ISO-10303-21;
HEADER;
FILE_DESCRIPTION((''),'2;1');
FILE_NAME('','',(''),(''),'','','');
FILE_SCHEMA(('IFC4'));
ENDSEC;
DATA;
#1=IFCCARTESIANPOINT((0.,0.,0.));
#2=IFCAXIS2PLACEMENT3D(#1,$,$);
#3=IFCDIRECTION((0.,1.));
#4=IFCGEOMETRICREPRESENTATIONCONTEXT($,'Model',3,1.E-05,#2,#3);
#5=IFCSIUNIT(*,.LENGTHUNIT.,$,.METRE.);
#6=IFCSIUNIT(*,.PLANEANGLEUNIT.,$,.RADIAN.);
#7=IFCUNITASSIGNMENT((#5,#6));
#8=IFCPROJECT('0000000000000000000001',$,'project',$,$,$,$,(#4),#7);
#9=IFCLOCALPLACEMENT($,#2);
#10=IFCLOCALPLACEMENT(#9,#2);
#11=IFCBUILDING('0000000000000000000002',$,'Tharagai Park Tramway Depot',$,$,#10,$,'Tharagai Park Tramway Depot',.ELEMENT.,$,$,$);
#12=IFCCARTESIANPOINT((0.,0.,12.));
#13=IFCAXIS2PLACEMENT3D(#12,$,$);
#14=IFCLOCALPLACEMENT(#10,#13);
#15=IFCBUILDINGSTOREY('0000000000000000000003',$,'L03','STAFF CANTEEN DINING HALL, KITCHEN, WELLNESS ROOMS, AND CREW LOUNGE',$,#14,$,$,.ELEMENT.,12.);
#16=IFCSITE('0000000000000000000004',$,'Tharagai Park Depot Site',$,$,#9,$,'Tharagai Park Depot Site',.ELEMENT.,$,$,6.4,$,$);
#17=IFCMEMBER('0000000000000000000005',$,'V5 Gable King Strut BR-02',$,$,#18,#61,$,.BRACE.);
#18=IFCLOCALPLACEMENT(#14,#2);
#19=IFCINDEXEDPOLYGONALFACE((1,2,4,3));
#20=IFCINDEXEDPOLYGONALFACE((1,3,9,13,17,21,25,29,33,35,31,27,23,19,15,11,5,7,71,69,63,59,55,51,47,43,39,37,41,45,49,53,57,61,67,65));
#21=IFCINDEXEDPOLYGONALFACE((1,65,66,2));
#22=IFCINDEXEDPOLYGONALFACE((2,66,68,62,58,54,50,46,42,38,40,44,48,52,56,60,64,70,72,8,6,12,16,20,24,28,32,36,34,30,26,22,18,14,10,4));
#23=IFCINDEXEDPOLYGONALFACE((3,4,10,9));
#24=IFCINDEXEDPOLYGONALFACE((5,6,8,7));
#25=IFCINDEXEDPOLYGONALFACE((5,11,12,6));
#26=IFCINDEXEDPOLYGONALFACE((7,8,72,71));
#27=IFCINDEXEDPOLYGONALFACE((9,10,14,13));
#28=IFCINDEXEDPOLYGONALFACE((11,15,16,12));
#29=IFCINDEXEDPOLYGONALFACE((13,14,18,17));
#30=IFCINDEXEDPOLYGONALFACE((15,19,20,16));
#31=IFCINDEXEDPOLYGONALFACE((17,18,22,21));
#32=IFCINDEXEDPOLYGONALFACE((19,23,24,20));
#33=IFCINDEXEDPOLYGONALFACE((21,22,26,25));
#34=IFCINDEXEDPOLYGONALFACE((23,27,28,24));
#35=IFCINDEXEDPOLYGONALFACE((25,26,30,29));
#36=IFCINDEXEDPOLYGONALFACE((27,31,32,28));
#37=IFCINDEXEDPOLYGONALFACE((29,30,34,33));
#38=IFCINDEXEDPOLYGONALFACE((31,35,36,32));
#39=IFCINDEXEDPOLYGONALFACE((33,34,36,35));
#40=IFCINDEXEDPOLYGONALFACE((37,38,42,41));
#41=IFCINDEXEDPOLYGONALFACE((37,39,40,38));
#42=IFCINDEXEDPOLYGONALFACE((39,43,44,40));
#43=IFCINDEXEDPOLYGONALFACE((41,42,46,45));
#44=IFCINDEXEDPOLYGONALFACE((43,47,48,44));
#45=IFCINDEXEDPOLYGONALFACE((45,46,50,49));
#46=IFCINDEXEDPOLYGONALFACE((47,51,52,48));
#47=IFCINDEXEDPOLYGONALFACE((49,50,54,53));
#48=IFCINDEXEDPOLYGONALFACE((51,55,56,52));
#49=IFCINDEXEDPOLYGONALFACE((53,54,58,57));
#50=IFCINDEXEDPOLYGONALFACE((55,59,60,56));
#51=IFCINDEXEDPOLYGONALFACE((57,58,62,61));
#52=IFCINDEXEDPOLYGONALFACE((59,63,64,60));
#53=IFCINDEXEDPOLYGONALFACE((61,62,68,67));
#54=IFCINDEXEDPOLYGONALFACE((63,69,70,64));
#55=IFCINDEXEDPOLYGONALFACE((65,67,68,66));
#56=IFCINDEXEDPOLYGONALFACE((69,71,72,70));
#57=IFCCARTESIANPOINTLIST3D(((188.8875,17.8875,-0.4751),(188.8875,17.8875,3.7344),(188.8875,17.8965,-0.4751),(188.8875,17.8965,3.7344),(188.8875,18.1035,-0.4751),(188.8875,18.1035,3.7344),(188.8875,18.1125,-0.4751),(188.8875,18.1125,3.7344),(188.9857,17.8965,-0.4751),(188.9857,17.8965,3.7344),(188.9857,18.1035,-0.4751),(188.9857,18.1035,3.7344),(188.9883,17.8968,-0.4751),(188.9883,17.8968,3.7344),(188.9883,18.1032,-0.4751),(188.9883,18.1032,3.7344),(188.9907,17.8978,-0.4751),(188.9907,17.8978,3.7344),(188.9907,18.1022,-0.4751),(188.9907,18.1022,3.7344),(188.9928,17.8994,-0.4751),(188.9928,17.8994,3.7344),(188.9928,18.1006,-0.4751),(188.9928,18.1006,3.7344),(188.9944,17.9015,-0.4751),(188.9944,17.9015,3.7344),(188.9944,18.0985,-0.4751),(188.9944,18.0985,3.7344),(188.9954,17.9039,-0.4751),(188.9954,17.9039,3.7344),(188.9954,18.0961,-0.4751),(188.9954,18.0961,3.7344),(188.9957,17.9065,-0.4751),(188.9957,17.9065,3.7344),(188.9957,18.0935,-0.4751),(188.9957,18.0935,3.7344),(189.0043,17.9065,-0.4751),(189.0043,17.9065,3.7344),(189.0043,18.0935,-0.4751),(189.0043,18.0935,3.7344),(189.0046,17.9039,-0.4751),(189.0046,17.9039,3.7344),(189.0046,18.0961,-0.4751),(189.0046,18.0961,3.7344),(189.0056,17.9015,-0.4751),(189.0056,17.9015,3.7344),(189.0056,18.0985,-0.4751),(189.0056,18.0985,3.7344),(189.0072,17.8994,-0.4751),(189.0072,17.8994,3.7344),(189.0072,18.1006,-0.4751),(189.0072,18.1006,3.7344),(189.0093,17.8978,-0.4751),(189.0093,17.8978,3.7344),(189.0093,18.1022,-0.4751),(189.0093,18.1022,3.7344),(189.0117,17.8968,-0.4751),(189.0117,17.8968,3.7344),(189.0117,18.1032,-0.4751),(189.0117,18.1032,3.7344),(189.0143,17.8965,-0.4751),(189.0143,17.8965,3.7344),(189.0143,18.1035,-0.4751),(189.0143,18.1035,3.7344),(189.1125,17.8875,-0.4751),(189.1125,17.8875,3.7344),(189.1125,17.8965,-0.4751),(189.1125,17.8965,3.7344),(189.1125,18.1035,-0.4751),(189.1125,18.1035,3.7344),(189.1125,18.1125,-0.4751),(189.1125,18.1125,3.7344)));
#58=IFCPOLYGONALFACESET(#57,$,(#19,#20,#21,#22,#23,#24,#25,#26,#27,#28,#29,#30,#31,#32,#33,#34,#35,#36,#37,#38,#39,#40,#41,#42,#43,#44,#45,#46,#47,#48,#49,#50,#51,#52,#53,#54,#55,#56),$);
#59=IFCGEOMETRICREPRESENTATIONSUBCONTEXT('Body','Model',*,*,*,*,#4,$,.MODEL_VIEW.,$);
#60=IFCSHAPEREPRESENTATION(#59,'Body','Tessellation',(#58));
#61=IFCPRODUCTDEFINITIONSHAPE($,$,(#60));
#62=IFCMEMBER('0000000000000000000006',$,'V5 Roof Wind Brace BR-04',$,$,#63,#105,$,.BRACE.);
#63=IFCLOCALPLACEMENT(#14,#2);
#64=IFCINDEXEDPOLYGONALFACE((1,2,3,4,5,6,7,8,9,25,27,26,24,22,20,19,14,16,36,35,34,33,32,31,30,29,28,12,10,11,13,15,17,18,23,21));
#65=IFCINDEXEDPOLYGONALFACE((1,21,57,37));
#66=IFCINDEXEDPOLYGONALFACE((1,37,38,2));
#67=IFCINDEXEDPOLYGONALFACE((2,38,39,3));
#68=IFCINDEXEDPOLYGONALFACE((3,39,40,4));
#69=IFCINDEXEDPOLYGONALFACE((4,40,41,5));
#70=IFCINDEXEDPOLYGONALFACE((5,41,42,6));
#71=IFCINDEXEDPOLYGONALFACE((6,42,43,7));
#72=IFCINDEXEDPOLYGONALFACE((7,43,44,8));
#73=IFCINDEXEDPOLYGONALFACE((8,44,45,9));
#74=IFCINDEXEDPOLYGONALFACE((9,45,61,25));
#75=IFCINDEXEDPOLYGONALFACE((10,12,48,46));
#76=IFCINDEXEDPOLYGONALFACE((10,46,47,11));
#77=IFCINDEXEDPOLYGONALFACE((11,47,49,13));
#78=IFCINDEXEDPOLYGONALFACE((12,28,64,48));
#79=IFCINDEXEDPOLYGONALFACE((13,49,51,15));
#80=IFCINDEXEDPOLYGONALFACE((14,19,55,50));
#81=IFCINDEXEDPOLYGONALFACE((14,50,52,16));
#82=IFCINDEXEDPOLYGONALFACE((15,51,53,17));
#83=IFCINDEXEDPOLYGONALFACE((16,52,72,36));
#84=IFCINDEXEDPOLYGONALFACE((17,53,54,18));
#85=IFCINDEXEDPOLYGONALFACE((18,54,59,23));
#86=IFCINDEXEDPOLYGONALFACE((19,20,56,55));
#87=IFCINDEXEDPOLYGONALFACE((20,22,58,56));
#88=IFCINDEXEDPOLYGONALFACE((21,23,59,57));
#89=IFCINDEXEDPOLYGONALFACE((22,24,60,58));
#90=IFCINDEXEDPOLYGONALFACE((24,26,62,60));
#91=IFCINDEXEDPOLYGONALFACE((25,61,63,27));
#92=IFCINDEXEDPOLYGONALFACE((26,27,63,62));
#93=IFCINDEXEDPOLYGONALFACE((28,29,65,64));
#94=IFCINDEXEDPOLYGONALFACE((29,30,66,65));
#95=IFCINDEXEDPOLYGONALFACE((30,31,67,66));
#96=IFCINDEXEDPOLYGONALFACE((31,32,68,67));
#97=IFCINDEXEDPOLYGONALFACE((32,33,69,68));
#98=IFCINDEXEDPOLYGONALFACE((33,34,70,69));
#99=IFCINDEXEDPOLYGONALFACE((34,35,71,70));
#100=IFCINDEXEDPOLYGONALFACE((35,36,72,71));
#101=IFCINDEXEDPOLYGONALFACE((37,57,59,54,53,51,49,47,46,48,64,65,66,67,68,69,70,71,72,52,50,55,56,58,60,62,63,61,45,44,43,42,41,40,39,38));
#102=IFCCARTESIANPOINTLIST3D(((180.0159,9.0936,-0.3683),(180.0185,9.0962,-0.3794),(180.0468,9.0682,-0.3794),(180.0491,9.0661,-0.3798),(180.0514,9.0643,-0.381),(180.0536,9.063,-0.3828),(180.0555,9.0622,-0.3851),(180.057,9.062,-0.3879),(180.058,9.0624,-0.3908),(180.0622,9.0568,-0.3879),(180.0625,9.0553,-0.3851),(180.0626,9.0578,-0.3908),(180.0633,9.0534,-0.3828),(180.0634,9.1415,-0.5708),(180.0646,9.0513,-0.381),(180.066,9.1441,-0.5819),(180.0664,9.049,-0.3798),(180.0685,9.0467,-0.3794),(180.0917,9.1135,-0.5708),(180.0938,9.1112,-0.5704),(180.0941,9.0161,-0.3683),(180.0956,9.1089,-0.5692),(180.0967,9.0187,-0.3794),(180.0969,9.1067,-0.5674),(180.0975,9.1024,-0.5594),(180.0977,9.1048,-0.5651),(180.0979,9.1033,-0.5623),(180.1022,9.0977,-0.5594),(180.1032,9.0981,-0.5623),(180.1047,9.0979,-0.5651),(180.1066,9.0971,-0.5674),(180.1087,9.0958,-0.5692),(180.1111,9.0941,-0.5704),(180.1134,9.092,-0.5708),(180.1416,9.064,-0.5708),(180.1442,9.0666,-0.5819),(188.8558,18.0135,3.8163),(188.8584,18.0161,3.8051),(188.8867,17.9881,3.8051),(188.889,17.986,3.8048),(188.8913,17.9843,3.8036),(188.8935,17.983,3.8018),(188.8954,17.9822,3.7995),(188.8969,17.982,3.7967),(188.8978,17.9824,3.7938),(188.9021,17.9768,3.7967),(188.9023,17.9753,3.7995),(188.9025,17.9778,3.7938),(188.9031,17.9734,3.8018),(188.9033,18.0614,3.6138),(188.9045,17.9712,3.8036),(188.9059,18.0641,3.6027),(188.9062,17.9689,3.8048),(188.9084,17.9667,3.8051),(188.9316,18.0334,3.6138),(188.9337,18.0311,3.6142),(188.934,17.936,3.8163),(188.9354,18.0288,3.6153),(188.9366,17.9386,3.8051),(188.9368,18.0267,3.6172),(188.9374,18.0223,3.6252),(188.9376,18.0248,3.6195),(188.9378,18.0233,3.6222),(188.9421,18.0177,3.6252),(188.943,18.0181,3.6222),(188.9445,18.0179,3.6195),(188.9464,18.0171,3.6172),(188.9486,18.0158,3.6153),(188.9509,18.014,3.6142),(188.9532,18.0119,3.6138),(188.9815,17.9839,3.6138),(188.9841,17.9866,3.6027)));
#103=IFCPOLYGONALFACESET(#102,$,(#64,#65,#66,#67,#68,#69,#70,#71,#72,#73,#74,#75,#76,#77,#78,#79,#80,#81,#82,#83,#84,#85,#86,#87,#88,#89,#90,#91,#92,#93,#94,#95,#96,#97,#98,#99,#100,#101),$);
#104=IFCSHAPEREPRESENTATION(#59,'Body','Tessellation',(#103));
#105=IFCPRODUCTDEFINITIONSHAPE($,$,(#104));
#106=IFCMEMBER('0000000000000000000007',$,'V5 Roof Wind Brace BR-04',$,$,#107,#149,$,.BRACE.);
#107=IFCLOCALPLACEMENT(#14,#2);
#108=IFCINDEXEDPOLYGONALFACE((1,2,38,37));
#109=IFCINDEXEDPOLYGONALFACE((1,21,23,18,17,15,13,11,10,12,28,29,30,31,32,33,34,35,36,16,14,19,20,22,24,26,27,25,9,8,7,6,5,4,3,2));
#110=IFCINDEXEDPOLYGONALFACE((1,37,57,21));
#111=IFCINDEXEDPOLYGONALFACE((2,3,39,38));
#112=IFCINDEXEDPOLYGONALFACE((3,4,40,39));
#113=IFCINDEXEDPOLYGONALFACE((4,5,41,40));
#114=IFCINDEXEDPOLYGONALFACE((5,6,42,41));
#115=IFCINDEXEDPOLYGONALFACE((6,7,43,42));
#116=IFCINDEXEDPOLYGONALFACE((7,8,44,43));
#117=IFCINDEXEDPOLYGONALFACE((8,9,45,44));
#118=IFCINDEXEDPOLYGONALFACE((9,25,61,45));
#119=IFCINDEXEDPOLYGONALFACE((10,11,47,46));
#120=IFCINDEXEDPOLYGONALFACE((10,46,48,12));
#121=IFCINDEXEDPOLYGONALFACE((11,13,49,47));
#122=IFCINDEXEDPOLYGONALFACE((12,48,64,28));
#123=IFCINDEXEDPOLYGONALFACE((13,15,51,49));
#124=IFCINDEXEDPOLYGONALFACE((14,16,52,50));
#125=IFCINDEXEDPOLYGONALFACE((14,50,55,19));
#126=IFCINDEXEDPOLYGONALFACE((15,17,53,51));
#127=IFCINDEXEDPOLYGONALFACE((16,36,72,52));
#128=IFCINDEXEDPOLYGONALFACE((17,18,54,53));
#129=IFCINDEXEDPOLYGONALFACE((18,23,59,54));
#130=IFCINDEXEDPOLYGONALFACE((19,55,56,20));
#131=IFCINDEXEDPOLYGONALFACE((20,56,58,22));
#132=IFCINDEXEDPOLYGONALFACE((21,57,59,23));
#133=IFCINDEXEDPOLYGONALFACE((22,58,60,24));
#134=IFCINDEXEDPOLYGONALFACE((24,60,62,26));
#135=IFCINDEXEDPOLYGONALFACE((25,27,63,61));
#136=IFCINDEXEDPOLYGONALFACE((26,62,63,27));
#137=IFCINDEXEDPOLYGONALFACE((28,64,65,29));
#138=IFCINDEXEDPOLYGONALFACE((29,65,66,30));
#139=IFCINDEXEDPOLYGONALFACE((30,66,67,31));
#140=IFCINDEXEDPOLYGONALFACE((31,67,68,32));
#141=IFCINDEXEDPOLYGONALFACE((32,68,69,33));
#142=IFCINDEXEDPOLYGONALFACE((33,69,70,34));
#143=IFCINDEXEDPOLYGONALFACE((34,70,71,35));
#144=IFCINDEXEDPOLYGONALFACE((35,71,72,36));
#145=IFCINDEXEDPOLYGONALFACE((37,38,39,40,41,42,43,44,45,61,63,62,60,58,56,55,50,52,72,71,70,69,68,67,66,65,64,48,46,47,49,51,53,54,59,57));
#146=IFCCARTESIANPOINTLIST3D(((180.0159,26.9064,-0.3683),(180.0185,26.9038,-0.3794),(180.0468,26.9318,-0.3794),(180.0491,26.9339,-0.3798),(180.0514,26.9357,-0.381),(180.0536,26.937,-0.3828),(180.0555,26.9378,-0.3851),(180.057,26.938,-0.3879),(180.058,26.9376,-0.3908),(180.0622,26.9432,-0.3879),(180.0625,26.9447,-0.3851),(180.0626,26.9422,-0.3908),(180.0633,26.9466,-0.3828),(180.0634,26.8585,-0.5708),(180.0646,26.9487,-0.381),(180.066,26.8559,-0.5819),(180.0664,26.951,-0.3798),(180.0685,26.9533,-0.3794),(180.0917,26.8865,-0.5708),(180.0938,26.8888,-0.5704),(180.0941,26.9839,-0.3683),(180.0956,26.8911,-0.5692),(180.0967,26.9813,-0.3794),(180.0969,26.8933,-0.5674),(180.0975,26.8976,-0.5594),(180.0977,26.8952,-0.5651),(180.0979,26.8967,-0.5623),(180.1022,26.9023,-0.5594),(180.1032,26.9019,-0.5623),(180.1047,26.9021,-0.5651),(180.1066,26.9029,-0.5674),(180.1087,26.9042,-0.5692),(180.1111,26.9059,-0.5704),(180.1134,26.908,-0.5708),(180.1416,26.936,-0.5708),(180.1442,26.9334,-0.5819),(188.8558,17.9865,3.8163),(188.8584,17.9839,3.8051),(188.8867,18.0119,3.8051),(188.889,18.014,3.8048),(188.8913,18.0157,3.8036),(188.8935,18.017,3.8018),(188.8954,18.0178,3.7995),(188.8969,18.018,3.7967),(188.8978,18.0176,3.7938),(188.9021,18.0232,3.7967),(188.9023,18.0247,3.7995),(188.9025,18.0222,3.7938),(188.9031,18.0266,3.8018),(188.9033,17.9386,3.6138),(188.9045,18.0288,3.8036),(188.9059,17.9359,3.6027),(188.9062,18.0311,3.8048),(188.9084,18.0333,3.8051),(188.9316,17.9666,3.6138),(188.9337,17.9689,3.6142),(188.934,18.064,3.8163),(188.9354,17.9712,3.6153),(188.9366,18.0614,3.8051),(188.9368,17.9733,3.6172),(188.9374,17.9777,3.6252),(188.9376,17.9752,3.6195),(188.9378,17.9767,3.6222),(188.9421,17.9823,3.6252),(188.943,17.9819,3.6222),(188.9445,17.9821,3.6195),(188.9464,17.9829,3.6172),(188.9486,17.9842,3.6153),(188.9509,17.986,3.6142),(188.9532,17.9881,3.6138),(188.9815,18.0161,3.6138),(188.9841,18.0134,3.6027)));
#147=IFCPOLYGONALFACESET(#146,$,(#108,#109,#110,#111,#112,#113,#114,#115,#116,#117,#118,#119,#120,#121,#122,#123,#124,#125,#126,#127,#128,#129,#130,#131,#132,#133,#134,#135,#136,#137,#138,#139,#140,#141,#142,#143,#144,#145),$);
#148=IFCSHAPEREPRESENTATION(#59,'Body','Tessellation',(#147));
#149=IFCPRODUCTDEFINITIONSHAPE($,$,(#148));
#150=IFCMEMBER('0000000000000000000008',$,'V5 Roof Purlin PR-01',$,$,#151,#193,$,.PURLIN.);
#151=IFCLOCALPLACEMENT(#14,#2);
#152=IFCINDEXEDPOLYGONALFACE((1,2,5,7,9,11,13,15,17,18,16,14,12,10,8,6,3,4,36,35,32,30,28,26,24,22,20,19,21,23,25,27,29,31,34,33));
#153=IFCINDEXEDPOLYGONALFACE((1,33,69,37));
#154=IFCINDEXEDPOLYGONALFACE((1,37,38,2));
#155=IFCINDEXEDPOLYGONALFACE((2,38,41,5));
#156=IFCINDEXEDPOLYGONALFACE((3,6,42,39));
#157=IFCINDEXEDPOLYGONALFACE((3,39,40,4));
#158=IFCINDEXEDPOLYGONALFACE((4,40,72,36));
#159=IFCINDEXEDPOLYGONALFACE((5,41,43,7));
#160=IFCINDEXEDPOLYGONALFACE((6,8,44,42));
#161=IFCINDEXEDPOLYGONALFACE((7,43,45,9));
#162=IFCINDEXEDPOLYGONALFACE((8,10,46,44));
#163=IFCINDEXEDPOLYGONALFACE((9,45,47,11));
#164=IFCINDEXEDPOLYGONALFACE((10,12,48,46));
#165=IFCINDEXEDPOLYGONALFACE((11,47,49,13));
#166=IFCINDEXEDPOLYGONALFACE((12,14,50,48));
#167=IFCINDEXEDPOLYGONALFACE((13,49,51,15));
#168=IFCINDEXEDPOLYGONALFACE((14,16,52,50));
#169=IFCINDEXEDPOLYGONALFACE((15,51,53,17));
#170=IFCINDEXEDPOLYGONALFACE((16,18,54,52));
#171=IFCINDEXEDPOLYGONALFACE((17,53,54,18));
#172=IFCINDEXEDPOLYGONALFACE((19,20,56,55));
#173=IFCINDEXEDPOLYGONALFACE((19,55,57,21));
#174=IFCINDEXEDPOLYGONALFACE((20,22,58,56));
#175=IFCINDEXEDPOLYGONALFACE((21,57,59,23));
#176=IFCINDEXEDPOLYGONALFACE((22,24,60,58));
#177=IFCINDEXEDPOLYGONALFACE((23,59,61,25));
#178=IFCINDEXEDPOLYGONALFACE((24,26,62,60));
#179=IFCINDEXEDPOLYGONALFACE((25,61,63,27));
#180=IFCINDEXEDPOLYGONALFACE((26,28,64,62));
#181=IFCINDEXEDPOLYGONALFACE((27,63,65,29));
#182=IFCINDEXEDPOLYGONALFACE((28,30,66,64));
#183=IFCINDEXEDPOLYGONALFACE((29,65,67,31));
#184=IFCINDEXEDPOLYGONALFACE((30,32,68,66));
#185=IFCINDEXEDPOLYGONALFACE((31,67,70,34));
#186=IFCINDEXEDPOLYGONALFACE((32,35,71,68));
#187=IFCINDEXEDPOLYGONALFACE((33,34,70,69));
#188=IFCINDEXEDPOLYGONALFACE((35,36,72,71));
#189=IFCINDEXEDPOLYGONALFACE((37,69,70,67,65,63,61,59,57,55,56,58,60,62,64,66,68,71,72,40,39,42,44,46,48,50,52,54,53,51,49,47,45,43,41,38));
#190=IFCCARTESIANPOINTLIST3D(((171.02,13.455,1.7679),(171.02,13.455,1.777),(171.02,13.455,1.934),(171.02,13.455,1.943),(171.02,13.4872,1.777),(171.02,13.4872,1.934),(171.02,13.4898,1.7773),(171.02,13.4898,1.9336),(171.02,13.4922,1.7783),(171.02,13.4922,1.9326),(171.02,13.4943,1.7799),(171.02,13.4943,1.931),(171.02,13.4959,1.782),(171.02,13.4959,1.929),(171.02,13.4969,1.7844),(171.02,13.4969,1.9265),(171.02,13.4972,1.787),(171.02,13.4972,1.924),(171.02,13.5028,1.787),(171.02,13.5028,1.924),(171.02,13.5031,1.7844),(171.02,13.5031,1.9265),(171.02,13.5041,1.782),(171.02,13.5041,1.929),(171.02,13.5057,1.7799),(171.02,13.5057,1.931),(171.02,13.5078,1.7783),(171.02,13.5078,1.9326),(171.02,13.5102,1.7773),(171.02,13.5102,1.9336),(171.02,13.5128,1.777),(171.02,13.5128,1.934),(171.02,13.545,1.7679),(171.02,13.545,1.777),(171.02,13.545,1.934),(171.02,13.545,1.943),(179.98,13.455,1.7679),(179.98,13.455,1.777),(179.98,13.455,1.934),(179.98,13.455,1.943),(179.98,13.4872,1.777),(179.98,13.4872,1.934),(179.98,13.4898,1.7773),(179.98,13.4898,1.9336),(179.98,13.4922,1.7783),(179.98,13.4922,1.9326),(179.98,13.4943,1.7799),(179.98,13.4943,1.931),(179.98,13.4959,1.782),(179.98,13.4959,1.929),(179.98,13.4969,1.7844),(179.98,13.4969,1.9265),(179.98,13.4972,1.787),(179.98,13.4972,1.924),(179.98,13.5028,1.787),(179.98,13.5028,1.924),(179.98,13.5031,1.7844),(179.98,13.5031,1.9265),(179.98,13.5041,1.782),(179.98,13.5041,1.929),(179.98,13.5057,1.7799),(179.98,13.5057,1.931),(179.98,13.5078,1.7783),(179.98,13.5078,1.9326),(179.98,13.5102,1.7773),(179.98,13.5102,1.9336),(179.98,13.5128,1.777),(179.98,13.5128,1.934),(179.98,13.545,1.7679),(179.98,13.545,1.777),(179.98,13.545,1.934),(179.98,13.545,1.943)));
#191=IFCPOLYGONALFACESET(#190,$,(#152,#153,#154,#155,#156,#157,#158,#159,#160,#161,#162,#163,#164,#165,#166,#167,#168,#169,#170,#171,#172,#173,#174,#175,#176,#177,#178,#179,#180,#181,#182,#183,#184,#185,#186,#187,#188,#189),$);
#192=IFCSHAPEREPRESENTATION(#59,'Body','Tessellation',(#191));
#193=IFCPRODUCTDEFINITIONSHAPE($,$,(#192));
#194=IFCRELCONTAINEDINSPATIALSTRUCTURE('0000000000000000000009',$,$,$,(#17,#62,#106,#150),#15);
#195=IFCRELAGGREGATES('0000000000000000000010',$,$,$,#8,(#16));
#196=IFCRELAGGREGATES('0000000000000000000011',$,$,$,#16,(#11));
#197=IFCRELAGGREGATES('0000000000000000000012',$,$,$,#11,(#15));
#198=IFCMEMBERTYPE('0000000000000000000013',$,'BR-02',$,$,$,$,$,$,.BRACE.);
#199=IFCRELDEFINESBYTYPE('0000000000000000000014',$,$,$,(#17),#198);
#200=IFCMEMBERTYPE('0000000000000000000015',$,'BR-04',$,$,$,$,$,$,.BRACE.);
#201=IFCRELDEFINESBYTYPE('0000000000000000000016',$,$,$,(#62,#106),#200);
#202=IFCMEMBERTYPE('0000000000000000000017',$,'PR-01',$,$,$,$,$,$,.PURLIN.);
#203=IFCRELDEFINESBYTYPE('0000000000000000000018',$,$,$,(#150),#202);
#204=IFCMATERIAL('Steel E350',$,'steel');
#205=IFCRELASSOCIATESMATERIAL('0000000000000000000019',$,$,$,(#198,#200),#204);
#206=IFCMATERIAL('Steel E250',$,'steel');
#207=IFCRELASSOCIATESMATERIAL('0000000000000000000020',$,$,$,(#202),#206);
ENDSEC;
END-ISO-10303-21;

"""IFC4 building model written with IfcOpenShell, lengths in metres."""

from ifc_helpers import new_model, si_unit, direction, frame, origin, origin_2d, place, context, subcontext, project, spatial, i_section, extrude, material, material_profile, profile_set, type_object, element, save


model = new_model("IFC4")

# Units and contexts
model_context = context("Model", 3, precision=1e-05, world=origin(), true_north=direction((0.0, 1.0)))
body_context = subcontext(model_context, "Body", "Model", "MODEL_VIEW")
ifc_project = project(units=[si_unit("LENGTHUNIT", "METRE"), si_unit("PLANEANGLEUNIT", "RADIAN")], contexts=[model_context])

# Site, building, storey
site_placement = place(None, origin())
site = spatial("IfcSite", under=ifc_project, at=site_placement, Name="Tharagai Park Depot Site", LongName="Tharagai Park Depot Site", CompositionType="ELEMENT", RefElevation=6.4)
building_placement = place(site_placement, origin())
building = spatial("IfcBuilding", under=site, at=building_placement, Name="Tharagai Park Tramway Depot", LongName="Tharagai Park Tramway Depot", CompositionType="ELEMENT")
storey_placement = place(building_placement, frame((0.0, 0.0, 12.0)))
storey = spatial("IfcBuildingStorey", under=building, at=storey_placement, Name="L03", Description="STAFF CANTEEN DINING HALL, KITCHEN, WELLNESS ROOMS, AND CREW LOUNGE", CompositionType="ELEMENT", Elevation=12.0)

# Shared definitions
ifc_material_1 = material(Name="Steel E350", Category="steel")

# Members
ifc_material_profile_1 = material_profile(ifc_material_1, i_section(OverallWidth=0.2251, OverallDepth=0.2251, WebThickness=0.0085, FlangeThickness=0.009, FilletRadius=0.01, at=origin_2d()), Name="ISHB 225")
ifc_profile_set_1 = profile_set([ifc_material_profile_1], Name="Steel E350")
member_type_1 = type_object("IfcMemberType", Name="BR-02", PredefinedType="BRACE", material=ifc_profile_set_1)
for number, where, z_axis, x_axis, name in (
    (1, (189.0, 18.0, -0.4751), (0.0, 0.0, 1.0), (1.0, 0.0, 0.0), "V5 Gable King Strut BR-02"),
):
    element("IfcMember", number, at=place(storey_placement, frame(where, z_axis=z_axis, x_axis=x_axis)), inside=storey, type_object=member_type_1, Name=name, PredefinedType="BRACE", context=body_context, shape_type="SweptSolid", body=[
        extrude(i_section(OverallWidth=0.2251, OverallDepth=0.2251, WebThickness=0.0085, FlangeThickness=0.009, FilletRadius=0.01, at=origin_2d()), origin(), (0.0, 0.0, 1.0), 4.2095),
    ])
ifc_material_profile_2 = material_profile(ifc_material_1, i_section(OverallWidth=0.1101, OverallDepth=0.2251, WebThickness=0.0066, FlangeThickness=0.0117, FilletRadius=0.012, at=origin_2d()), Name="ISMB 225")
ifc_profile_set_2 = profile_set([ifc_material_profile_2], Name="Steel E350")
member_type_2 = type_object("IfcMemberType", Name="BR-04", PredefinedType="BRACE", material=ifc_profile_set_2)
for number, where, z_axis, x_axis, name in (
    (2, (180.0801, 9.0801, -0.4751), (0.667813, 0.673862, 0.316127), (-0.710288, 0.703911, 0.0), "V5 Roof Wind Brace BR-04"),
    (3, (180.0801, 26.9199, -0.4751), (0.667813, -0.673862, 0.316127), (0.710288, 0.703911, 0.0), "V5 Roof Wind Brace BR-04"),
):
    element("IfcMember", number, at=place(storey_placement, frame(where, z_axis=z_axis, x_axis=x_axis)), inside=storey, type_object=member_type_2, Name=name, PredefinedType="BRACE", context=body_context, shape_type="SweptSolid", body=[
        extrude(i_section(OverallWidth=0.1101, OverallDepth=0.2251, WebThickness=0.0066, FlangeThickness=0.0117, FilletRadius=0.012, at=origin_2d()), origin(), (0.0, 0.0, 1.0), 13.2371),
    ])
ifc_material_2 = material(Name="Steel E250", Category="steel")
ifc_material_profile_3 = material_profile(ifc_material_2, i_section(OverallWidth=0.0901, OverallDepth=0.175, WebThickness=0.0056, FlangeThickness=0.009, FilletRadius=0.01, at=origin_2d()), Name="ISMB 175")
ifc_profile_set_3 = profile_set([ifc_material_profile_3], Name="Steel E250")
member_type_3 = type_object("IfcMemberType", Name="PR-01", PredefinedType="PURLIN", material=ifc_profile_set_3)
for number, where, z_axis, x_axis, name in (
    (4, (171.02, 13.5, 1.8555), (1.0, 0.0, 0.0), (0.0, 1.0, 0.0), "V5 Roof Purlin PR-01"),
):
    element("IfcMember", number, at=place(storey_placement, frame(where, z_axis=z_axis, x_axis=x_axis)), inside=storey, type_object=member_type_3, Name=name, PredefinedType="PURLIN", context=body_context, shape_type="SweptSolid", body=[
        extrude(i_section(OverallWidth=0.0901, OverallDepth=0.175, WebThickness=0.0056, FlangeThickness=0.009, FilletRadius=0.01, at=origin_2d()), origin(), (0.0, 0.0, 1.0), 8.96),
    ])

save(model, "model.ifc")
